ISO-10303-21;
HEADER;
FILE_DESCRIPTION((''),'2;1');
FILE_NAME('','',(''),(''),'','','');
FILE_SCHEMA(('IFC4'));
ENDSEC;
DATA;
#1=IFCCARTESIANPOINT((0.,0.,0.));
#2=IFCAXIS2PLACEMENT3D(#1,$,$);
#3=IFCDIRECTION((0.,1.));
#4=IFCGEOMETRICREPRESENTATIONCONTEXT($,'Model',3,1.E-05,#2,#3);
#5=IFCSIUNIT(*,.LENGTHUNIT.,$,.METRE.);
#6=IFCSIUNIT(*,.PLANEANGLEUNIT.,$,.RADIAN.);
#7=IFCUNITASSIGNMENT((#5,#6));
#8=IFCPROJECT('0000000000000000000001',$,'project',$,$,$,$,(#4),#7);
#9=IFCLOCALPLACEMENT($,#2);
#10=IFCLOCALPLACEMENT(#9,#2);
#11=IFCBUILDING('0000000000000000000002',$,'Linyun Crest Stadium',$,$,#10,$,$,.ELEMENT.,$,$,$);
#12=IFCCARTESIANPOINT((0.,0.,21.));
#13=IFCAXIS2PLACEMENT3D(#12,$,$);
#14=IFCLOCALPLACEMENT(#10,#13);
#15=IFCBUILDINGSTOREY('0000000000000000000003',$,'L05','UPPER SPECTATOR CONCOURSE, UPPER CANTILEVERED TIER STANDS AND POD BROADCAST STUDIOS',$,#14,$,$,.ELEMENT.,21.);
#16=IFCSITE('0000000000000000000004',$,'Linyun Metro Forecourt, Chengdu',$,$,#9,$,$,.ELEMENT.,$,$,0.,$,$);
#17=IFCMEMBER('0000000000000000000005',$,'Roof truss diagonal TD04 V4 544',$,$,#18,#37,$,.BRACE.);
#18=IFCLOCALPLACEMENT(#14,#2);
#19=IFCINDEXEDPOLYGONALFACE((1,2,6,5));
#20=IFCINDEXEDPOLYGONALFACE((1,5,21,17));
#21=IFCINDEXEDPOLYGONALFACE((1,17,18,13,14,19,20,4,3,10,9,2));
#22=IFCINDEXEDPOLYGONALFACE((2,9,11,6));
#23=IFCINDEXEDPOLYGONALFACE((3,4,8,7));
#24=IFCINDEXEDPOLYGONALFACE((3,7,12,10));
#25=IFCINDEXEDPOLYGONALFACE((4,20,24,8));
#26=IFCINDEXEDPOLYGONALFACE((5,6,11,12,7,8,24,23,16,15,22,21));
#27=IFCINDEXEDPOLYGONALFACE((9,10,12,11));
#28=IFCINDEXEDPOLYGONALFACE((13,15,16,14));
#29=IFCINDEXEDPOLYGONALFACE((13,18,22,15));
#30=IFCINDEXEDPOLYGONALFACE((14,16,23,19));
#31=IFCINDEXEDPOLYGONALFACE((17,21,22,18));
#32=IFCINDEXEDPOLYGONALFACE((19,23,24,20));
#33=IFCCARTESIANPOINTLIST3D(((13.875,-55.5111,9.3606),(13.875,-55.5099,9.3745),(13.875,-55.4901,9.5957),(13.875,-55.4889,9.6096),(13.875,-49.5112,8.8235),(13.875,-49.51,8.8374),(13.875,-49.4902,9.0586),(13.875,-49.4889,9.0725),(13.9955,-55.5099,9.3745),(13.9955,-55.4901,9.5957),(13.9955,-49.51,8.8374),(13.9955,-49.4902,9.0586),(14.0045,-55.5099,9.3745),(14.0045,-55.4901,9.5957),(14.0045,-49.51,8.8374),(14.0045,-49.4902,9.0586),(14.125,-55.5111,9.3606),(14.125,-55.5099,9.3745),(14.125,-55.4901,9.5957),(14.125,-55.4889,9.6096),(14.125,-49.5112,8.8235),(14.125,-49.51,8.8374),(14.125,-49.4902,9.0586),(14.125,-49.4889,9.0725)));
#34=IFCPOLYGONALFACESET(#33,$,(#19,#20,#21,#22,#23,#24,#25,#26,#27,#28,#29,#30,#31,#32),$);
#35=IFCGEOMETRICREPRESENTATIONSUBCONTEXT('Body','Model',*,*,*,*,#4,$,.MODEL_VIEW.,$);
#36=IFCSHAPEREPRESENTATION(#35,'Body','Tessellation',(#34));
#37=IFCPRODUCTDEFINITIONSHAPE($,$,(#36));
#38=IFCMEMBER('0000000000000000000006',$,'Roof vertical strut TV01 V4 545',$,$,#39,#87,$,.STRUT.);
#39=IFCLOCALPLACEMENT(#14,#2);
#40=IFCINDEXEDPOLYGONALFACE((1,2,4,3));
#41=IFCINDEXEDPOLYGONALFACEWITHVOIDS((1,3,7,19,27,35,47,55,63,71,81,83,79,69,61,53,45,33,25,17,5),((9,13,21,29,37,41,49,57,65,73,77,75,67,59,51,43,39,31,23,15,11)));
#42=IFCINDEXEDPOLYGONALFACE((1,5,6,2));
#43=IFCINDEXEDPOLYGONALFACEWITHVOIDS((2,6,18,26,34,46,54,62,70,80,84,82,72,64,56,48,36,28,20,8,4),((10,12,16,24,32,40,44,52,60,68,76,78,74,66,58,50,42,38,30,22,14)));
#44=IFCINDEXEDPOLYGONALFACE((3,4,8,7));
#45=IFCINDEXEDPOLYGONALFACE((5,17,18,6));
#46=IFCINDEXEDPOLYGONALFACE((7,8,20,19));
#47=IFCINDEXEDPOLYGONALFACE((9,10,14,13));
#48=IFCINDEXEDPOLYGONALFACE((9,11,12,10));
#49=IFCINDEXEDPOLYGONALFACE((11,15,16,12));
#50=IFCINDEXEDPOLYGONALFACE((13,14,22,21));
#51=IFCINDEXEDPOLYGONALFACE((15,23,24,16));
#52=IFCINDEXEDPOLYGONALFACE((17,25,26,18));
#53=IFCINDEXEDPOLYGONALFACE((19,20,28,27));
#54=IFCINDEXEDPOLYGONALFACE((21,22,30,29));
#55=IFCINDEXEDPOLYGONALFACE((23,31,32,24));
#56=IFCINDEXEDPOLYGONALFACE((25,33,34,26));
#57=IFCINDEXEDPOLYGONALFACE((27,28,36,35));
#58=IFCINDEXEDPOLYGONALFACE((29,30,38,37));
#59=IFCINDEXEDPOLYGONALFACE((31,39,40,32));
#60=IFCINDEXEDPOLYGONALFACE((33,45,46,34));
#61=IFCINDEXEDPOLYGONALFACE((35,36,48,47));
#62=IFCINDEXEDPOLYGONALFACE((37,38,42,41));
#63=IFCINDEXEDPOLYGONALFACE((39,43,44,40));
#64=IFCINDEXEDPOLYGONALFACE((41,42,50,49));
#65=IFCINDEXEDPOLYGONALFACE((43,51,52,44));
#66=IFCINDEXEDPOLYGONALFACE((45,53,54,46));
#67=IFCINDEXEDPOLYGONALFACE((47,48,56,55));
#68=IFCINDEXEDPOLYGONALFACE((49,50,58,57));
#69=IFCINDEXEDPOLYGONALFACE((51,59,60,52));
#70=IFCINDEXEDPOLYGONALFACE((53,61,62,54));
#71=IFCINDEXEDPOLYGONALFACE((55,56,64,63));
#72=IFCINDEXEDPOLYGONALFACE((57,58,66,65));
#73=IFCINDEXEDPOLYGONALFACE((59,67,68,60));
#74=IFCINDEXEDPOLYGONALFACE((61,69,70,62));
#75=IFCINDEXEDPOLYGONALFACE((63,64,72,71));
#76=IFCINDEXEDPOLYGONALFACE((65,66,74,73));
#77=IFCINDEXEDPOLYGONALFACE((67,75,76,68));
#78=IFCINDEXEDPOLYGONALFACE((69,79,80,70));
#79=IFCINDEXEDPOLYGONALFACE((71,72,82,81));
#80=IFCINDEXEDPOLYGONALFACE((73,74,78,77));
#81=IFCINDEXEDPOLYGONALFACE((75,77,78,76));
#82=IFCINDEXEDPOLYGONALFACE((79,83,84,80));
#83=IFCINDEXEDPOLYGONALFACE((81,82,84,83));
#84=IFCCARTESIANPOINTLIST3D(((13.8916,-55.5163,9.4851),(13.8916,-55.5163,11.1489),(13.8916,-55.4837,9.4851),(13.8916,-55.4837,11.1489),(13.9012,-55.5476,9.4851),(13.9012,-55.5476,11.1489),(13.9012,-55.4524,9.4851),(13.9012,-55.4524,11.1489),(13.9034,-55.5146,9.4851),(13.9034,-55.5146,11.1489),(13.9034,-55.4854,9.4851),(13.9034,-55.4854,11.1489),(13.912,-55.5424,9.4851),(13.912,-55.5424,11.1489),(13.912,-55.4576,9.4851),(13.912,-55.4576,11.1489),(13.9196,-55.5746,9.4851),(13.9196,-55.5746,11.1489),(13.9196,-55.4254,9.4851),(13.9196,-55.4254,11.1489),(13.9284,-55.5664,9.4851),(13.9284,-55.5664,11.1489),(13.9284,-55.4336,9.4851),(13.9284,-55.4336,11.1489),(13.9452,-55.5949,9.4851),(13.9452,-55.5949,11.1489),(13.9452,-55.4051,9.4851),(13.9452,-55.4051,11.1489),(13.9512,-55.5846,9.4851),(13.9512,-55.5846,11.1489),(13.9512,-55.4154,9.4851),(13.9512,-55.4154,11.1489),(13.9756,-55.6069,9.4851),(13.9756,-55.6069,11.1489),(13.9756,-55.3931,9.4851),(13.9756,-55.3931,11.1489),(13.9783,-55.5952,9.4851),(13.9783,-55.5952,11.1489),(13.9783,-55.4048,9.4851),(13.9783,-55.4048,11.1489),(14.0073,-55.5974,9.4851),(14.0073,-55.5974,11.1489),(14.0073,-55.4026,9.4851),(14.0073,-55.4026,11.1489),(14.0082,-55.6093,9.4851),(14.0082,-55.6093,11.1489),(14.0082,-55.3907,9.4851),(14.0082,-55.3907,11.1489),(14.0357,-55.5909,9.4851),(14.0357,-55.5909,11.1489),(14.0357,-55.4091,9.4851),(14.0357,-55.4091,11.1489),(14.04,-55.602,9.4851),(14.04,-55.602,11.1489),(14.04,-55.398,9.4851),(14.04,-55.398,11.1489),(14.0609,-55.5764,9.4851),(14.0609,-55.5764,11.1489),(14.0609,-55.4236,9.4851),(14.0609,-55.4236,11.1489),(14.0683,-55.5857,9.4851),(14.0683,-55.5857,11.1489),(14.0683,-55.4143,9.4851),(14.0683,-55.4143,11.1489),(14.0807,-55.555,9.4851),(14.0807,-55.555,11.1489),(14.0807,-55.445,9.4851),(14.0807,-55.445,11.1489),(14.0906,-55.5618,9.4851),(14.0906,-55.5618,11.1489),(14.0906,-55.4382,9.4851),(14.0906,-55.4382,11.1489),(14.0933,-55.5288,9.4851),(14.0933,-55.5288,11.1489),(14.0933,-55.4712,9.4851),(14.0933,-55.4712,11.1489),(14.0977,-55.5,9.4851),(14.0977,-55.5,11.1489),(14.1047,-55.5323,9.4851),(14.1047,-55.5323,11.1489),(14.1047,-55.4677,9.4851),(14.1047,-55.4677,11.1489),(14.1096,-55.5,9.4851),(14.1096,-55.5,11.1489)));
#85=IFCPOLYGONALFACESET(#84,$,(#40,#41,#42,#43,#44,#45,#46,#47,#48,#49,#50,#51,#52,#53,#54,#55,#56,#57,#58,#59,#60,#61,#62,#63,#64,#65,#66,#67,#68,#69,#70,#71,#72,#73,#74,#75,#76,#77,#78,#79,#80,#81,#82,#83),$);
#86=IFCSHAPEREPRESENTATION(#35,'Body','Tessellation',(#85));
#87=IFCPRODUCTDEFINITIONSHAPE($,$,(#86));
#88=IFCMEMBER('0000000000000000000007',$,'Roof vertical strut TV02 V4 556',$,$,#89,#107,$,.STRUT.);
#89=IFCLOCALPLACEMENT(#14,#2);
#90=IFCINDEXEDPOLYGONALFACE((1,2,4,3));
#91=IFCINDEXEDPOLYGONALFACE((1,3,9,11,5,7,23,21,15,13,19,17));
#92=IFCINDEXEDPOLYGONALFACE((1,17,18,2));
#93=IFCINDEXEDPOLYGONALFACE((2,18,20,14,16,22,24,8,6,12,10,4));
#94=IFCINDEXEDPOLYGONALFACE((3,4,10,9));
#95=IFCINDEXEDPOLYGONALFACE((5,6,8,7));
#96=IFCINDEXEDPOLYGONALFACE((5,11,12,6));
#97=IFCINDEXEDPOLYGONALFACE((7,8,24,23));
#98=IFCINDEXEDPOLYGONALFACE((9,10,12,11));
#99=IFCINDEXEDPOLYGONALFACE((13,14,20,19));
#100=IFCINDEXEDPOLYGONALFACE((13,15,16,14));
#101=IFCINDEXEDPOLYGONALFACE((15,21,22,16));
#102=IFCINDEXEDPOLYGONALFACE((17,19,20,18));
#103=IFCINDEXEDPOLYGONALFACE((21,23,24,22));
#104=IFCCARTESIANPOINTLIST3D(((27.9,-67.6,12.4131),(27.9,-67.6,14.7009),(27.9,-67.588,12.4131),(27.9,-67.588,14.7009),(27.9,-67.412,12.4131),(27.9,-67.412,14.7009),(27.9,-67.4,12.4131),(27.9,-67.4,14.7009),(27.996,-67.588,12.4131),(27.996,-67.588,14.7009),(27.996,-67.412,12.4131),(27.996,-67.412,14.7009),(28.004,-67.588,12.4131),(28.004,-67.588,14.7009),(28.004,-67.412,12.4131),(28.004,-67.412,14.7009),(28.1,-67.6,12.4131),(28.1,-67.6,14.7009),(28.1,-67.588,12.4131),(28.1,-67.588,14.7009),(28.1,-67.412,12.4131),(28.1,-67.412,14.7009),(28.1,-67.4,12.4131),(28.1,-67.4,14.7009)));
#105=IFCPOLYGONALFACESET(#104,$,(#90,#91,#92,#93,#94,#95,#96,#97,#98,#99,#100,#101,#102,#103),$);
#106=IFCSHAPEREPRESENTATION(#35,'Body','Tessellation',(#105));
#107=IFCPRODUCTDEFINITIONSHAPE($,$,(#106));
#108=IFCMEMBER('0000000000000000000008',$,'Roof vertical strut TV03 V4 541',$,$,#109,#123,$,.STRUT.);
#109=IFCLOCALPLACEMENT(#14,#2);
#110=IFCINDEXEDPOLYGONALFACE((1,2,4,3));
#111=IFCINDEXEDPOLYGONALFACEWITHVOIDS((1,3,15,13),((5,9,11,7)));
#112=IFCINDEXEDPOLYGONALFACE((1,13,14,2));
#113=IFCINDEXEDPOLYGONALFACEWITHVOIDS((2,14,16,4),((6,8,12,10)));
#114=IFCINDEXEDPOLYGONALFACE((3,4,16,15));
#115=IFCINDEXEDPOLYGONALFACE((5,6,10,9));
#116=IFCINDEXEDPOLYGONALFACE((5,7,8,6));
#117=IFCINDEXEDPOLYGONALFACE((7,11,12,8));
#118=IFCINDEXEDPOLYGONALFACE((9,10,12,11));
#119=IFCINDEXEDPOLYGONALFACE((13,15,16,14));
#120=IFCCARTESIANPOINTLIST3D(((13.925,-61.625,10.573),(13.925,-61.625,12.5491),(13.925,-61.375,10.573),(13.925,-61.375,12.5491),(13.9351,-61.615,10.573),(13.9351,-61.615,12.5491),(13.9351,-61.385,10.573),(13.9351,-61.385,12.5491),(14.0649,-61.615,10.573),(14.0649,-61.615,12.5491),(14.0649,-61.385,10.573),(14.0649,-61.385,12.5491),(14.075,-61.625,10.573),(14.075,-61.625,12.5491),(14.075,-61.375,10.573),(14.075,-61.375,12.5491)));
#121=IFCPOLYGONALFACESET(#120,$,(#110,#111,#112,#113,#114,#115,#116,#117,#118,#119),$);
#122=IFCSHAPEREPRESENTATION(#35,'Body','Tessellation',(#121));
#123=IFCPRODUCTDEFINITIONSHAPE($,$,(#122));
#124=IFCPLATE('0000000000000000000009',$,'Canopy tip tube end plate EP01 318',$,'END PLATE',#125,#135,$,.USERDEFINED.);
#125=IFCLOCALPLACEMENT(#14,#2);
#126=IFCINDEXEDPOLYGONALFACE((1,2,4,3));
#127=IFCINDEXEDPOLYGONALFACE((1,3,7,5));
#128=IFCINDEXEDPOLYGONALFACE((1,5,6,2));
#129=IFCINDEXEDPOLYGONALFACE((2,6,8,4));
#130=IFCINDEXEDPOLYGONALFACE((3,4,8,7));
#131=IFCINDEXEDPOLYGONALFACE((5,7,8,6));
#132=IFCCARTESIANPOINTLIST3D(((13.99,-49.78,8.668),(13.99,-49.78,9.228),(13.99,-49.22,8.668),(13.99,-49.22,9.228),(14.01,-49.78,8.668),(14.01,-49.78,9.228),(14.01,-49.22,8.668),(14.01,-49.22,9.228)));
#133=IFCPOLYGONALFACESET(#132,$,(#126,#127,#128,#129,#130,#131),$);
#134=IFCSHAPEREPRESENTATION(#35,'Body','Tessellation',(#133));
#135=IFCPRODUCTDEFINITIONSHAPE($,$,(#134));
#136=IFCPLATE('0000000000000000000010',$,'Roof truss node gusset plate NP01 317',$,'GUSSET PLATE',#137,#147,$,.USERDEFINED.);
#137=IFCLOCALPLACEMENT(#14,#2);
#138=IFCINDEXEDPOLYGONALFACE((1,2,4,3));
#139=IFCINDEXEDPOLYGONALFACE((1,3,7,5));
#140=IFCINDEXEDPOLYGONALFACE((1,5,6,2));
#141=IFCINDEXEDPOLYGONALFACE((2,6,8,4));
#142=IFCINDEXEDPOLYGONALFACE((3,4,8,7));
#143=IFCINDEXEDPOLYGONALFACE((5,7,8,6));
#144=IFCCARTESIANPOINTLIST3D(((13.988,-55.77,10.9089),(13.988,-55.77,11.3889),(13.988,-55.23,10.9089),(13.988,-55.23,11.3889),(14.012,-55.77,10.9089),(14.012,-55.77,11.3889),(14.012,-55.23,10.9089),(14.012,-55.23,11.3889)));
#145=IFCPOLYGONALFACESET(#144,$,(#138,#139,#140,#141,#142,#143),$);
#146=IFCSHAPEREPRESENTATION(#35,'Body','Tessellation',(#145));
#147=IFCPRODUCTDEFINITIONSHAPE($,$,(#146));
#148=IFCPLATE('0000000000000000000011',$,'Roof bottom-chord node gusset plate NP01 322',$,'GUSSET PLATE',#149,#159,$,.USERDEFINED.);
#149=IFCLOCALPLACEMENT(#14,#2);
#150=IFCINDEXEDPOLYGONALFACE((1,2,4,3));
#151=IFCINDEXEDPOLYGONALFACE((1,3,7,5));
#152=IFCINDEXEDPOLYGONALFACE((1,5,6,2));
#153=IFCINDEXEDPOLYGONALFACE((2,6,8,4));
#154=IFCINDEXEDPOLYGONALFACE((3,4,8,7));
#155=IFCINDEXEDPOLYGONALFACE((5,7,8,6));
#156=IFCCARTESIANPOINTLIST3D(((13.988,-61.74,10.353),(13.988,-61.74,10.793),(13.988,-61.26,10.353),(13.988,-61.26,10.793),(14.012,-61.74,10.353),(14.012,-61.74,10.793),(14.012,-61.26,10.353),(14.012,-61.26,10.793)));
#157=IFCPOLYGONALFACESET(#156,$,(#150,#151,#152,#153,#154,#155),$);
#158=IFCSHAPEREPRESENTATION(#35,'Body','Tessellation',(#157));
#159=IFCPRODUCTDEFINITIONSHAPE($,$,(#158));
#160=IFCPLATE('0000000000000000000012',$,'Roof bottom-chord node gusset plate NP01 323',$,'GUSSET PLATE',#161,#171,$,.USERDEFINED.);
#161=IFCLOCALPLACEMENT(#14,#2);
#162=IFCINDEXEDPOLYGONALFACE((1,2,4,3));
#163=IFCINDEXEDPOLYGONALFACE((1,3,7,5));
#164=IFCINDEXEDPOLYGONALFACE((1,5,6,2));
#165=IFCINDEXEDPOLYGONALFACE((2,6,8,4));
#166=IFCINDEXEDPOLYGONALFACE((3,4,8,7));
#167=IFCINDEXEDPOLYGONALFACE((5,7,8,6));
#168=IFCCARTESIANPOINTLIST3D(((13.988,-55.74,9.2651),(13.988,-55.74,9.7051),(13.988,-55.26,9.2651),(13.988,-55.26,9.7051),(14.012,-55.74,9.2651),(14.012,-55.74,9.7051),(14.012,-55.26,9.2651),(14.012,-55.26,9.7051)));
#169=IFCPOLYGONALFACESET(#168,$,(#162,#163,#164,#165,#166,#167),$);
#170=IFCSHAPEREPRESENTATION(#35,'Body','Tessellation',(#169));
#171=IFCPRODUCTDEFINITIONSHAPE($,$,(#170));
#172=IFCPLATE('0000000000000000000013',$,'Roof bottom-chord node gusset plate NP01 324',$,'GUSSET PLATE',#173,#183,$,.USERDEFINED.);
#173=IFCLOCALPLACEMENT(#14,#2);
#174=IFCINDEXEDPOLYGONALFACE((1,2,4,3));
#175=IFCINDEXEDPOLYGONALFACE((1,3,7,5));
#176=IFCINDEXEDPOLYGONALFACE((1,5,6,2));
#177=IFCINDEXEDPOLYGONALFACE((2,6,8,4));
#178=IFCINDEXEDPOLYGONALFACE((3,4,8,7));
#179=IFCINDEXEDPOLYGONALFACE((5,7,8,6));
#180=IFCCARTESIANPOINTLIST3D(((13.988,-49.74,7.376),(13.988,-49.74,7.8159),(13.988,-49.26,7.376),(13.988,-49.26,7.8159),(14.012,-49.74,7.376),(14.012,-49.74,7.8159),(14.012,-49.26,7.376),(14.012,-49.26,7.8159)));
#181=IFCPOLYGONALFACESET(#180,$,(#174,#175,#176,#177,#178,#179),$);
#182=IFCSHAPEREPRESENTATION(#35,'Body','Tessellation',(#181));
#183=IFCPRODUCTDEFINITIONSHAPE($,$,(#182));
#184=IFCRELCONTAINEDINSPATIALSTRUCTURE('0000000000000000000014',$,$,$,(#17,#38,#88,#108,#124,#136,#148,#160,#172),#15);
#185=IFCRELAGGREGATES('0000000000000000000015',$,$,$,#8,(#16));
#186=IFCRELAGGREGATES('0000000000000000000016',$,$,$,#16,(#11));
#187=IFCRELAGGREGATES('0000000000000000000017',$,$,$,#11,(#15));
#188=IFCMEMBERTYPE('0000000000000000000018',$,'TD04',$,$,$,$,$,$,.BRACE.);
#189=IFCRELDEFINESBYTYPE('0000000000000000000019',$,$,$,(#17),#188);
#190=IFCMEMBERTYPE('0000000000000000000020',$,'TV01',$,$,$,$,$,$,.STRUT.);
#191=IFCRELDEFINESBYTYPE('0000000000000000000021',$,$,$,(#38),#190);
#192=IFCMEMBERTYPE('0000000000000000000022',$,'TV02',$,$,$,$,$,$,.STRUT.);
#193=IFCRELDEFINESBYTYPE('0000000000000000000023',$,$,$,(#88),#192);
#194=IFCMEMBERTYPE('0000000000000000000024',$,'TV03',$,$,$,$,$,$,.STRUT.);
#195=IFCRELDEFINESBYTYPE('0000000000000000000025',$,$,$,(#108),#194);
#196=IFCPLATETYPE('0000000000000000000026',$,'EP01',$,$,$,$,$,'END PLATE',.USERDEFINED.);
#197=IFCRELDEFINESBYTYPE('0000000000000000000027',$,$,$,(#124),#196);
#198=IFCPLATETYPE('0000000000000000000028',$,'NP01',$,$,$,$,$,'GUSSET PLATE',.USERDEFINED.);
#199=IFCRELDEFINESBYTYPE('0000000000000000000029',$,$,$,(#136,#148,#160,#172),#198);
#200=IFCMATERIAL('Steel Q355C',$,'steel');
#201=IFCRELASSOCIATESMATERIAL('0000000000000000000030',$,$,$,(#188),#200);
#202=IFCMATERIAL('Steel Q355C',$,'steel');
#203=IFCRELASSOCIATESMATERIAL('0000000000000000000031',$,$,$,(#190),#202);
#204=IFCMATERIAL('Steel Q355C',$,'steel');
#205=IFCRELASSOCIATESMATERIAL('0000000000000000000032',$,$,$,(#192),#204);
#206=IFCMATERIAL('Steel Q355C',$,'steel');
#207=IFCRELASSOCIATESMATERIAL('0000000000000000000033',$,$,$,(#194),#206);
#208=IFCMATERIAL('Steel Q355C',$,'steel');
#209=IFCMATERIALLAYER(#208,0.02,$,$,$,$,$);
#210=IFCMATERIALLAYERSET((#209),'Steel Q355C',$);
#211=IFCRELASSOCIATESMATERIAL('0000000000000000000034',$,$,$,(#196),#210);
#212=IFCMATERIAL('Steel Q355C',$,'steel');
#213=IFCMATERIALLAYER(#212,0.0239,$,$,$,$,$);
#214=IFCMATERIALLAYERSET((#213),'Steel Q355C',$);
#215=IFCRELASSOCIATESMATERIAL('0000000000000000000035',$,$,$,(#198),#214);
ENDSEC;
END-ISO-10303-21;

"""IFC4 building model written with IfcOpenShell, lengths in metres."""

from ifc_helpers import new_model, si_unit, direction, frame, origin, origin_2d, place, context, subcontext, project, spatial, rectangle, hollow_rectangle, hollow_circle, i_section, extrude, material, layer, layer_set, material_profile, profile_set, type_object, element, save


model = new_model("IFC4")

# Units and contexts
model_context = context("Model", 3, precision=1e-05, world=origin(), true_north=direction((0.0, 1.0)))
body_context = subcontext(model_context, "Body", "Model", "MODEL_VIEW")
ifc_project = project(units=[si_unit("LENGTHUNIT", "METRE"), si_unit("PLANEANGLEUNIT", "RADIAN")], contexts=[model_context])

# Site, building, storey
site_placement = place(None, origin())
site = spatial("IfcSite", under=ifc_project, at=site_placement, Name="Linyun Metro Forecourt, Chengdu", CompositionType="ELEMENT", RefElevation=0.0)
building_placement = place(site_placement, origin())
building = spatial("IfcBuilding", under=site, at=building_placement, Name="Linyun Crest Stadium", CompositionType="ELEMENT")
storey_placement = place(building_placement, frame((0.0, 0.0, 21.0)))
storey = spatial("IfcBuildingStorey", under=building, at=storey_placement, Name="L05", Description="UPPER SPECTATOR CONCOURSE, UPPER CANTILEVERED TIER STANDS AND POD BROADCAST STUDIOS", CompositionType="ELEMENT", Elevation=21.0)

# Members
ifc_material_1 = material(Name="Steel Q355C", Category="steel")
ifc_material_profile_1 = material_profile(ifc_material_1, i_section(OverallWidth=0.25, OverallDepth=0.25, WebThickness=0.009, FlangeThickness=0.0139, at=origin_2d()), Name="HW 250x250")
ifc_profile_set_1 = profile_set([ifc_material_profile_1], Name="Steel Q355C")
member_type_1 = type_object("IfcMemberType", Name="TD04", PredefinedType="BRACE", material=ifc_profile_set_1)
member_1_placement = place(storey_placement, frame((14.0, -55.5, 9.4851), z_axis=(0.0, 0.996017, -0.089162), x_axis=(-1.0, 0.0, 0.0)))
element("IfcMember", 1, at=member_1_placement, inside=storey, type_object=member_type_1, Name="Roof truss diagonal TD04 V4 544", PredefinedType="BRACE", context=body_context, shape_type="SweptSolid", body=[
    extrude(i_section(OverallWidth=0.25, OverallDepth=0.25, WebThickness=0.009, FlangeThickness=0.0139, at=origin_2d()), origin(), (0.0, 0.0, 1.0), 6.0239),
])
ifc_material_2 = material(Name="Steel Q355C", Category="steel")
ifc_material_profile_2 = material_profile(ifc_material_2, hollow_circle(Radius=0.1096, WallThickness=0.012, at=origin_2d()), Name="CHS 219x12")
ifc_profile_set_2 = profile_set([ifc_material_profile_2], Name="Steel Q355C")
member_type_2 = type_object("IfcMemberType", Name="TV01", PredefinedType="STRUT", material=ifc_profile_set_2)
member_2_placement = place(storey_placement, frame((14.0, -55.5, 9.4851), z_axis=(0.0, 0.0, 1.0), x_axis=(1.0, 0.0, 0.0)))
element("IfcMember", 2, at=member_2_placement, inside=storey, type_object=member_type_2, Name="Roof vertical strut TV01 V4 545", PredefinedType="STRUT", context=body_context, shape_type="SweptSolid", body=[
    extrude(hollow_circle(Radius=0.1096, WallThickness=0.012, at=origin_2d()), origin(), (0.0, 0.0, 1.0), 1.6638),
])
ifc_material_3 = material(Name="Steel Q355C", Category="steel")
ifc_material_profile_3 = material_profile(ifc_material_3, i_section(OverallWidth=0.2, OverallDepth=0.2, WebThickness=0.0081, FlangeThickness=0.012, at=origin_2d()), Name="HW 200x200")
ifc_profile_set_3 = profile_set([ifc_material_profile_3], Name="Steel Q355C")
member_type_3 = type_object("IfcMemberType", Name="TV02", PredefinedType="STRUT", material=ifc_profile_set_3)
member_3_placement = place(storey_placement, frame((28.0, -67.5, 12.4131), z_axis=(0.0, 0.0, 1.0), x_axis=(1.0, 0.0, 0.0)))
element("IfcMember", 3, at=member_3_placement, inside=storey, type_object=member_type_3, Name="Roof vertical strut TV02 V4 556", PredefinedType="STRUT", context=body_context, shape_type="SweptSolid", body=[
    extrude(i_section(OverallWidth=0.2, OverallDepth=0.2, WebThickness=0.0081, FlangeThickness=0.012, at=origin_2d()), origin(), (0.0, 0.0, 1.0), 2.2878),
])
ifc_material_4 = material(Name="Steel Q355C", Category="steel")
ifc_material_profile_4 = material_profile(ifc_material_4, hollow_rectangle(XDim=0.1499, YDim=0.25, WallThickness=0.01, at=origin_2d()), Name="RHS 250x150x10")
ifc_profile_set_4 = profile_set([ifc_material_profile_4], Name="Steel Q355C")
member_type_4 = type_object("IfcMemberType", Name="TV03", PredefinedType="STRUT", material=ifc_profile_set_4)
member_4_placement = place(storey_placement, frame((14.0, -61.5, 10.573), z_axis=(0.0, 0.0, 1.0), x_axis=(1.0, 0.0, 0.0)))
element("IfcMember", 4, at=member_4_placement, inside=storey, type_object=member_type_4, Name="Roof vertical strut TV03 V4 541", PredefinedType="STRUT", context=body_context, shape_type="SweptSolid", body=[
    extrude(hollow_rectangle(XDim=0.1499, YDim=0.25, WallThickness=0.01, at=origin_2d()), origin(), (0.0, 0.0, 1.0), 1.9761),
])

# Plates
ifc_material_5 = material(Name="Steel Q355C", Category="steel")
ifc_layer_1 = layer(ifc_material_5, 0.02)
ifc_layer_set_1 = layer_set([ifc_layer_1], Name="Steel Q355C")
plate_type_1 = type_object("IfcPlateType", Name="EP01", ElementType="END PLATE", PredefinedType="USERDEFINED", material=ifc_layer_set_1)
plate_1_placement = place(storey_placement, frame((14.0, -49.5, 8.668), z_axis=(0.0, 0.0, 1.0), x_axis=(0.0, 1.0, 0.0)))
element("IfcPlate", 5, at=plate_1_placement, inside=storey, type_object=plate_type_1, Name="Canopy tip tube end plate EP01 318", ObjectType="END PLATE", PredefinedType="USERDEFINED", context=body_context, shape_type="SweptSolid", body=[
    extrude(rectangle(XDim=0.5601, YDim=0.02, at=origin_2d()), origin(), (0.0, 0.0, 1.0), 0.5601),
])
ifc_material_6 = material(Name="Steel Q355C", Category="steel")
ifc_layer_2 = layer(ifc_material_6, 0.0239)
ifc_layer_set_2 = layer_set([ifc_layer_2], Name="Steel Q355C")
plate_type_2 = type_object("IfcPlateType", Name="NP01", ElementType="GUSSET PLATE", PredefinedType="USERDEFINED", material=ifc_layer_set_2)
plate_2_placement = place(storey_placement, frame((14.0, -55.5, 10.9089), z_axis=(0.0, 0.0, 1.0), x_axis=(0.0, 1.0, 0.0)))
element("IfcPlate", 6, at=plate_2_placement, inside=storey, type_object=plate_type_2, Name="Roof truss node gusset plate NP01 317", ObjectType="GUSSET PLATE", PredefinedType="USERDEFINED", context=body_context, shape_type="SweptSolid", body=[
    extrude(rectangle(XDim=0.54, YDim=0.0239, at=origin_2d()), origin(), (0.0, 0.0, 1.0), 0.48),
])
for number, where, z_axis, x_axis, name in (
    (7, (14.0, -61.5, 10.353), (0.0, 0.0, 1.0), (0.0, 1.0, 0.0), "Roof bottom-chord node gusset plate NP01 322"),
    (8, (14.0, -55.5, 9.2651), (0.0, 0.0, 1.0), (0.0, 1.0, 0.0), "Roof bottom-chord node gusset plate NP01 323"),
    (9, (14.0, -49.5, 7.376), (0.0, 0.0, 1.0), (0.0, 1.0, 0.0), "Roof bottom-chord node gusset plate NP01 324"),
):
    element("IfcPlate", number, at=place(storey_placement, frame(where, z_axis=z_axis, x_axis=x_axis)), inside=storey, type_object=plate_type_2, Name=name, ObjectType="GUSSET PLATE", PredefinedType="USERDEFINED", context=body_context, shape_type="SweptSolid", body=[
        extrude(rectangle(XDim=0.48, YDim=0.0239, at=origin_2d()), origin(), (0.0, 0.0, 1.0), 0.4399),
    ])

save(model, "model.ifc")
